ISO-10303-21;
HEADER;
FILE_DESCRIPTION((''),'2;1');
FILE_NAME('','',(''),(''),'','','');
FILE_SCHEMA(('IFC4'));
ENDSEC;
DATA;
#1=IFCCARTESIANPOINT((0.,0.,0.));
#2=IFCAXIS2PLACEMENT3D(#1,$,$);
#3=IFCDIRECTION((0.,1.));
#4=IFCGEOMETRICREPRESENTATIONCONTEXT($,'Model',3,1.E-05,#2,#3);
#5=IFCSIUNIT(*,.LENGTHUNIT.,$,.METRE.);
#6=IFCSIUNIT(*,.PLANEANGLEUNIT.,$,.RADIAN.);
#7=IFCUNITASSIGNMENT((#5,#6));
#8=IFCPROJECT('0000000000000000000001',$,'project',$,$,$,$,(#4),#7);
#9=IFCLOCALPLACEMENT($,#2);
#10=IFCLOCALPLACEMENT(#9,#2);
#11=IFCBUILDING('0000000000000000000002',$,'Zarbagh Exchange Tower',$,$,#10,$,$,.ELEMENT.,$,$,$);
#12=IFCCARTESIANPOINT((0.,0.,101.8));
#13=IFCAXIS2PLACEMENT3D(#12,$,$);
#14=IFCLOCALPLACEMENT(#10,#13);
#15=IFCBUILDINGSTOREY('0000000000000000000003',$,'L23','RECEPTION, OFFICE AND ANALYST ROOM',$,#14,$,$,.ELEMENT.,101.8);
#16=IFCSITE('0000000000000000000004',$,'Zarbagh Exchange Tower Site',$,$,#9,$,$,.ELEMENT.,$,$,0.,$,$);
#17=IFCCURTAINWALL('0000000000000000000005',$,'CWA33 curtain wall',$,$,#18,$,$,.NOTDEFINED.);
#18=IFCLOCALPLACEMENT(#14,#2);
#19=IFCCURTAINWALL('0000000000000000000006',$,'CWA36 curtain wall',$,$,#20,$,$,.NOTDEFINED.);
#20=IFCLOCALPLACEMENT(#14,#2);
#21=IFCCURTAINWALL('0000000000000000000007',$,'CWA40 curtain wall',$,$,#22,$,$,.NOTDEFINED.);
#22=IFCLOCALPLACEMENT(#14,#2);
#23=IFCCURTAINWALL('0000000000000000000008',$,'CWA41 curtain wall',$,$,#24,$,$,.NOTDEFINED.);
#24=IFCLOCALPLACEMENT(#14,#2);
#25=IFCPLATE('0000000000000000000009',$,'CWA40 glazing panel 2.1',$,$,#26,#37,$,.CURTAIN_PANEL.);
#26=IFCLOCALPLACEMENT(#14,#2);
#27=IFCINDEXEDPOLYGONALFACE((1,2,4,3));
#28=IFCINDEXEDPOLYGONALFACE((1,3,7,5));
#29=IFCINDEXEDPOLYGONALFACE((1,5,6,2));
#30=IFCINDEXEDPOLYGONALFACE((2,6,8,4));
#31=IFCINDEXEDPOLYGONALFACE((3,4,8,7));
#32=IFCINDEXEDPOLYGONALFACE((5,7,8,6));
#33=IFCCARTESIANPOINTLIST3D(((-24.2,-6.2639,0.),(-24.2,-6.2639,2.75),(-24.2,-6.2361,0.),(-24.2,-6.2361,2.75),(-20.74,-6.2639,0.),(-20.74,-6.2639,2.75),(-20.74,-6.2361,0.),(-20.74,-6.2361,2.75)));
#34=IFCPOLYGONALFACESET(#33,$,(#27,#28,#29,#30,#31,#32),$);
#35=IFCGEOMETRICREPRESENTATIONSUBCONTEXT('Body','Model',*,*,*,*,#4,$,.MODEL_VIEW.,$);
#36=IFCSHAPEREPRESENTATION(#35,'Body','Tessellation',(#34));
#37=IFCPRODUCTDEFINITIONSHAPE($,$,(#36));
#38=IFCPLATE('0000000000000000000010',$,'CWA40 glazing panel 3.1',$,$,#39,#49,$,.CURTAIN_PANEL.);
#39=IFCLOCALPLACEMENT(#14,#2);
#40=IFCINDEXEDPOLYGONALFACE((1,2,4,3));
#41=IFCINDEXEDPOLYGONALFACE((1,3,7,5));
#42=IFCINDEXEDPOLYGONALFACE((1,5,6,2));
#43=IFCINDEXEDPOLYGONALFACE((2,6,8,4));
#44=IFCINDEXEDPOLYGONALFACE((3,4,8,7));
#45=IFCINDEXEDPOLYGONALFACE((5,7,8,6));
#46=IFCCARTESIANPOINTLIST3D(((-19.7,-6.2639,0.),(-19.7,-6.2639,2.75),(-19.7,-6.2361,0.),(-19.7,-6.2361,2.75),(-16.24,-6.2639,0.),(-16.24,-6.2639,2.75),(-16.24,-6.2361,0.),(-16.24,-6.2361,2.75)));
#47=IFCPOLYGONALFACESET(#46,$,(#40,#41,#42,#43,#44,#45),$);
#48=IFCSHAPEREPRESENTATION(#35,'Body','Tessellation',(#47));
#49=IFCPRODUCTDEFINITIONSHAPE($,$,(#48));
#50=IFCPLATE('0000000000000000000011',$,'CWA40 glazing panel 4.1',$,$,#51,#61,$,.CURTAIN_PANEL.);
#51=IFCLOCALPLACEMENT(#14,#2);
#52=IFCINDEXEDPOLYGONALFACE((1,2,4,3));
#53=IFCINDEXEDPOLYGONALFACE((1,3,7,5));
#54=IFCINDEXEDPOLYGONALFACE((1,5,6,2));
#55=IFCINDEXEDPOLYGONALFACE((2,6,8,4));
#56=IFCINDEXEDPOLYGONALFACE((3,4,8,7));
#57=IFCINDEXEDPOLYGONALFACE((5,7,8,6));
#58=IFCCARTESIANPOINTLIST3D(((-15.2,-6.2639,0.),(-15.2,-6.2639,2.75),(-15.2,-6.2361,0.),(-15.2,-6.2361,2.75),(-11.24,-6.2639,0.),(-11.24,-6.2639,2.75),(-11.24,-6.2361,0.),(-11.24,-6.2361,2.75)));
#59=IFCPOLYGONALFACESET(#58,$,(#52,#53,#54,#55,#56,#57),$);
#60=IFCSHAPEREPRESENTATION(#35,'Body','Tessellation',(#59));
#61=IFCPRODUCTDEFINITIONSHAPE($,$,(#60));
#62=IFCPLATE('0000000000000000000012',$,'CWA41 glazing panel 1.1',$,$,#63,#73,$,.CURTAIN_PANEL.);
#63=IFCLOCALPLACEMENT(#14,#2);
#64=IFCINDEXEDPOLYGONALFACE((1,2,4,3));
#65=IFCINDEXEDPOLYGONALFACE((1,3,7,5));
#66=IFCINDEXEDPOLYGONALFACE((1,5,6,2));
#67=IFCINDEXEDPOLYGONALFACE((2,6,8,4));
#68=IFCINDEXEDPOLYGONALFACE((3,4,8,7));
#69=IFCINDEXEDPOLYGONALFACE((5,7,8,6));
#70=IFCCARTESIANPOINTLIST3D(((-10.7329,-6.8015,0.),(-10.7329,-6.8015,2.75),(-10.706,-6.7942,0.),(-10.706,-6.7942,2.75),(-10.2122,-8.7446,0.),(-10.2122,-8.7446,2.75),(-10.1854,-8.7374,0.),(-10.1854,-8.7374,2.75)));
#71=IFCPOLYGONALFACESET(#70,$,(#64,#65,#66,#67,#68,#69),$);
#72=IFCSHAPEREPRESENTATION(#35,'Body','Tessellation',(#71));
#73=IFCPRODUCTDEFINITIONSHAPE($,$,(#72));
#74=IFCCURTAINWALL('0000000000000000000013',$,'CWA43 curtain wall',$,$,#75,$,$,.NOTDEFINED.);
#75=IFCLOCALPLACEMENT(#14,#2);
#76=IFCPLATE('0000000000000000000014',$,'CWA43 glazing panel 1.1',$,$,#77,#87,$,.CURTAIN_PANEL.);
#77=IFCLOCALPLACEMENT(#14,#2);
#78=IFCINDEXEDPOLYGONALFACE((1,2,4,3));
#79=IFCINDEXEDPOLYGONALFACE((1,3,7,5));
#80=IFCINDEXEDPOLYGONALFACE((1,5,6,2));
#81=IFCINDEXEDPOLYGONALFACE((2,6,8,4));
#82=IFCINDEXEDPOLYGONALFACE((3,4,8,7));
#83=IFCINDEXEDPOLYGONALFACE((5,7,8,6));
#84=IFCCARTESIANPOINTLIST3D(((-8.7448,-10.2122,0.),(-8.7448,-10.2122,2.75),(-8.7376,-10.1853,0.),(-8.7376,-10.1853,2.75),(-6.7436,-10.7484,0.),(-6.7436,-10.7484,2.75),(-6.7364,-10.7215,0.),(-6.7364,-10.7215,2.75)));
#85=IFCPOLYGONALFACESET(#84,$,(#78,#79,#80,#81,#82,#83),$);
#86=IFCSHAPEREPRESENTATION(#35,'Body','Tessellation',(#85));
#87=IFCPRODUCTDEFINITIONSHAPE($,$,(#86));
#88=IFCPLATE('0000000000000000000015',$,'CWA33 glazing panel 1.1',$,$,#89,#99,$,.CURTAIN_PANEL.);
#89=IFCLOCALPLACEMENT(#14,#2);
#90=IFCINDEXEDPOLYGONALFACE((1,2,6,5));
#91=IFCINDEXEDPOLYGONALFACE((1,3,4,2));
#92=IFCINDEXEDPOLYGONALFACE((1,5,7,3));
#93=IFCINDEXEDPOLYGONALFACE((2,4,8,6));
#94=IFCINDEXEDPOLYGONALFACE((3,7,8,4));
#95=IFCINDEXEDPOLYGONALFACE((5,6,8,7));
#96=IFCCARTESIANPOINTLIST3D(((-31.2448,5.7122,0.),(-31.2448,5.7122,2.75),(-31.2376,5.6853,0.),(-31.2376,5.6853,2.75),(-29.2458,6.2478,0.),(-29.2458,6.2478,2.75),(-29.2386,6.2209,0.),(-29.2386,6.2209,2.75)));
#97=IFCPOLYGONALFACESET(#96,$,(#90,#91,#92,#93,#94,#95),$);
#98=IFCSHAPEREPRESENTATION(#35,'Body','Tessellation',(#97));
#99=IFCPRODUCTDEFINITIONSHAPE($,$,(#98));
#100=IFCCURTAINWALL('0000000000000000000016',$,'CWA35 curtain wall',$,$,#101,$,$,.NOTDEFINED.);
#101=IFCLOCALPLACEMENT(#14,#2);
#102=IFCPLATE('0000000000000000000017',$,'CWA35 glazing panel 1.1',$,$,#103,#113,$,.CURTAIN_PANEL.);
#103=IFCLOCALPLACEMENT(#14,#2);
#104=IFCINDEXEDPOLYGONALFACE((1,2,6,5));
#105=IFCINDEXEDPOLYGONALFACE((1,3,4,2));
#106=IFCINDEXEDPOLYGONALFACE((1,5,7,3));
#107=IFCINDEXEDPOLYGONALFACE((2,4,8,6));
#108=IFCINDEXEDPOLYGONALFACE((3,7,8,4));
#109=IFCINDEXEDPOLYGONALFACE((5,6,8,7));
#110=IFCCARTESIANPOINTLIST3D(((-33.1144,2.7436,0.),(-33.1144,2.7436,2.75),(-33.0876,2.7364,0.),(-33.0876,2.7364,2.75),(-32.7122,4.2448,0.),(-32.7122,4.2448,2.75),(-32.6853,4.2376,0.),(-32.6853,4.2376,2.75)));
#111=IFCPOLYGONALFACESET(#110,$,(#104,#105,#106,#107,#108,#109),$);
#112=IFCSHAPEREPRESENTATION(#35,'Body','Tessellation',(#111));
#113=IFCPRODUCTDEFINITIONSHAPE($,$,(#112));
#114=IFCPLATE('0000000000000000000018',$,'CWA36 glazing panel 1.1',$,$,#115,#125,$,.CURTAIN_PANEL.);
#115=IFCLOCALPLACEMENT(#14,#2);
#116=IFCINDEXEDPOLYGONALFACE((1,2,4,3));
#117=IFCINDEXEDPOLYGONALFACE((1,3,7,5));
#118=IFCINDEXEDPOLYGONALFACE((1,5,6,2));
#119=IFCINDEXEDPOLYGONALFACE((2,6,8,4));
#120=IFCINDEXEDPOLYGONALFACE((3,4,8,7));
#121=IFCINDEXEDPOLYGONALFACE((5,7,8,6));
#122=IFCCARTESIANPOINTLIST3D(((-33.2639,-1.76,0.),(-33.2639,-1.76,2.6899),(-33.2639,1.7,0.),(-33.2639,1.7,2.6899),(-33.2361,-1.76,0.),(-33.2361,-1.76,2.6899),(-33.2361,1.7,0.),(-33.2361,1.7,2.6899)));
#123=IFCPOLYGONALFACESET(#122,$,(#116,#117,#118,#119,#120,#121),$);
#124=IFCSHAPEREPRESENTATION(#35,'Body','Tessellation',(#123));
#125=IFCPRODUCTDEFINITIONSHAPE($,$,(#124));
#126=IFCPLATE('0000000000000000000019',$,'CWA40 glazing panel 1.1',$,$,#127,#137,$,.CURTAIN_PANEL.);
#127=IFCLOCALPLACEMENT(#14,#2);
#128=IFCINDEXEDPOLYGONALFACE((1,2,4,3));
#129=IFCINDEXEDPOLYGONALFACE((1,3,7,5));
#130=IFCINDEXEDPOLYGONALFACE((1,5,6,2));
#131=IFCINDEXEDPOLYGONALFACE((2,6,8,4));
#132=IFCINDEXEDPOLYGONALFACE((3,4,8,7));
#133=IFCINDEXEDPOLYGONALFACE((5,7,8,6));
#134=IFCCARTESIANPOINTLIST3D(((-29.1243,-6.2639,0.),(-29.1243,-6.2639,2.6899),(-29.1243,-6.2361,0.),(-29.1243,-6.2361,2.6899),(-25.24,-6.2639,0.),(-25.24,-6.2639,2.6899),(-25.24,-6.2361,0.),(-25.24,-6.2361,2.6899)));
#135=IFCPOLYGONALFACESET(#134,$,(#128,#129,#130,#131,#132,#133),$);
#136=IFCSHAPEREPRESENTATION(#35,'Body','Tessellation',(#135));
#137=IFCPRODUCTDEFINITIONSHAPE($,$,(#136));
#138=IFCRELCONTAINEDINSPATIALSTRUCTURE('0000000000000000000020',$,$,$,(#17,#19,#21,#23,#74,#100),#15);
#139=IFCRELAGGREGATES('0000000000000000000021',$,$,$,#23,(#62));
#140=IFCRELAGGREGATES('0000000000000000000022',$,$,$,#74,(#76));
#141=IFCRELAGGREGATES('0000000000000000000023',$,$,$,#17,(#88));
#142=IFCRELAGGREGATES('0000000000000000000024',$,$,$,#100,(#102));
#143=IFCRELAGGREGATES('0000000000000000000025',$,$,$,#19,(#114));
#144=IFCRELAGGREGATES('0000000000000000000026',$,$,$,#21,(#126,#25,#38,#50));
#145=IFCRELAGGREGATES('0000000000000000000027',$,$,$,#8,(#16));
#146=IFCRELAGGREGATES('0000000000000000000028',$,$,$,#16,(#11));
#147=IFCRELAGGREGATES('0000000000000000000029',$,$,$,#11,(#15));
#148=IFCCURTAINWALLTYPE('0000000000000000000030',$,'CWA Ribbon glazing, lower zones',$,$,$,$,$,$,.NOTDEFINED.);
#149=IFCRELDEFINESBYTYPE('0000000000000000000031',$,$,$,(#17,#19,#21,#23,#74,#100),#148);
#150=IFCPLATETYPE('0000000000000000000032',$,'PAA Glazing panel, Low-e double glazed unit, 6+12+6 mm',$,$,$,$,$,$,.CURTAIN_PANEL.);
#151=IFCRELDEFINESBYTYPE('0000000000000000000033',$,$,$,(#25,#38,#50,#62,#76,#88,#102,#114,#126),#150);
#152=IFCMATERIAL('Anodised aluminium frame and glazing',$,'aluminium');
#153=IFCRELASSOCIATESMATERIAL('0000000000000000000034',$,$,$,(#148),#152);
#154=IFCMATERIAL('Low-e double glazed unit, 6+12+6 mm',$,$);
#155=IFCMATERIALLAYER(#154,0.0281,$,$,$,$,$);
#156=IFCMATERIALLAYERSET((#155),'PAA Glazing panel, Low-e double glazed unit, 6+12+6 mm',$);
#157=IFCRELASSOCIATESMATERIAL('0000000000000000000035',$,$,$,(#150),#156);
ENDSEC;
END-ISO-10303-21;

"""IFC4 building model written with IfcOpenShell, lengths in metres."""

from ifc_helpers import new_model, si_unit, direction, frame, origin, place, context, subcontext, project, spatial, polyline, outline, extrude, source, transform, mapped, material, layer, layer_set, type_object, element, aggregate, save


model = new_model("IFC4")

# Units and contexts
model_context = context("Model", 3, precision=1e-05, world=origin(), true_north=direction((0.0, 1.0)))
body_context = subcontext(model_context, "Body", "Model", "MODEL_VIEW")
ifc_project = project(units=[si_unit("LENGTHUNIT", "METRE"), si_unit("PLANEANGLEUNIT", "RADIAN")], contexts=[model_context])

# Site, building, storey
site_placement = place(None, origin())
site = spatial("IfcSite", under=ifc_project, at=site_placement, Name="Zarbagh Exchange Tower Site", CompositionType="ELEMENT", RefElevation=0.0)
building_placement = place(site_placement, origin())
building = spatial("IfcBuilding", under=site, at=building_placement, Name="Zarbagh Exchange Tower", CompositionType="ELEMENT")
storey_placement = place(building_placement, frame((0.0, 0.0, 101.8)))
storey = spatial("IfcBuildingStorey", under=building, at=storey_placement, Name="L23", Description="RECEPTION, OFFICE AND ANALYST ROOM", CompositionType="ELEMENT", Elevation=101.8)

# Curtain walls
ifc_material_1 = material(Name="Anodised aluminium frame and glazing", Category="aluminium")
curtain_wall_type = type_object("IfcCurtainWallType", Name="CWA Ribbon glazing, lower zones", PredefinedType="NOTDEFINED", material=ifc_material_1)
curtain_wall_1_placement = place(storey_placement, origin())
curtain_wall_1 = element("IfcCurtainWall", 1, at=curtain_wall_1_placement, inside=storey, type_object=curtain_wall_type, Name="CWA33 curtain wall", PredefinedType="NOTDEFINED")
placement = place(storey_placement, origin())
curtain_wall_2_placement = place(storey_placement, origin())
curtain_wall_2 = element("IfcCurtainWall", 2, at=curtain_wall_2_placement, inside=storey, type_object=curtain_wall_type, Name="CWA36 curtain wall", PredefinedType="NOTDEFINED")

# Curtain wall
curtain_wall_3_placement = place(storey_placement, origin())
curtain_wall_3 = element("IfcCurtainWall", 3, at=curtain_wall_3_placement, inside=storey, type_object=curtain_wall_type, Name="CWA40 curtain wall", PredefinedType="NOTDEFINED")

# Curtain wall
curtain_wall_4_placement = place(storey_placement, origin())
curtain_wall_4 = element("IfcCurtainWall", 4, at=curtain_wall_4_placement, inside=storey, type_object=curtain_wall_type, Name="CWA41 curtain wall", PredefinedType="NOTDEFINED")

# Shared definitions
ifc_material_2 = material(Name="Low-e double glazed unit, 6+12+6 mm")
ifc_layer = layer(ifc_material_2, 0.0281)
ifc_layer_set = layer_set([ifc_layer], Name="PAA Glazing panel, Low-e double glazed unit, 6+12+6 mm")
plate_type = type_object("IfcPlateType", Name="PAA Glazing panel, Low-e double glazed unit, 6+12+6 mm", PredefinedType="CURTAIN_PANEL", material=ifc_layer_set)

# Plates
shared_shape_1 = source(origin(), body_context, "Body", "SweptSolid", [
    extrude(outline(polyline([(0.0, -0.0139), (3.46, -0.0139), (3.46, 0.0139), (0.0, 0.0139), (0.0, -0.0139)])), origin(), (0.0, 0.0, 1.0), 2.75),
])
plate_1 = element("IfcPlate", 5, at=placement, type_object=plate_type, Name="CWA40 glazing panel 2.1", PredefinedType="CURTAIN_PANEL", context=body_context, shape_type="MappedRepresentation", body=[
    mapped(shared_shape_1, transform((-24.2, -6.25, 0.0), x_axis=(1.0, 0.0, 0.0), y_axis=(0.0, 1.0, 0.0), z_axis=(0.0, 0.0, 1.0))),
])
plate_2 = element("IfcPlate", 6, at=placement, type_object=plate_type, Name="CWA40 glazing panel 3.1", PredefinedType="CURTAIN_PANEL", context=body_context, shape_type="MappedRepresentation", body=[
    mapped(shared_shape_1, transform((-19.7, -6.25, 0.0), x_axis=(1.0, 0.0, 0.0), y_axis=(0.0, 1.0, 0.0), z_axis=(0.0, 0.0, 1.0))),
])
shared_shape_2 = source(origin(), body_context, "Body", "SweptSolid", [
    extrude(outline(polyline([(0.0, -0.0139), (3.96, -0.0139), (3.96, 0.0139), (0.0, 0.0139), (0.0, -0.0139)])), origin(), (0.0, 0.0, 1.0), 2.75),
])
plate_3 = element("IfcPlate", 7, at=placement, type_object=plate_type, Name="CWA40 glazing panel 4.1", PredefinedType="CURTAIN_PANEL", context=body_context, shape_type="MappedRepresentation", body=[
    mapped(shared_shape_2, transform((-15.2, -6.25, 0.0), x_axis=(1.0, 0.0, 0.0), y_axis=(0.0, 1.0, 0.0), z_axis=(0.0, 0.0, 1.0))),
])
shared_shape_3 = source(origin(), body_context, "Body", "SweptSolid", [
    extrude(outline(polyline([(0.0, -0.0139), (2.0117, -0.0139), (2.0117, 0.0139), (0.0, 0.0139), (0.0, -0.0139)])), origin(), (0.0, 0.0, 1.0), 2.75),
])
plate_4 = element("IfcPlate", 8, at=placement, type_object=plate_type, Name="CWA41 glazing panel 1.1", PredefinedType="CURTAIN_PANEL", context=body_context, shape_type="MappedRepresentation", body=[
    mapped(shared_shape_3, transform((-10.7195, -6.7979, 0.0), x_axis=(0.258825, -0.965924, 0.0), y_axis=(0.965924, 0.258825, 0.0), z_axis=(0.0, 0.0, 1.0))),
])
aggregate(curtain_wall_4, [plate_4])

# Curtain wall, plate
curtain_wall_5_placement = place(storey_placement, origin())
curtain_wall_5 = element("IfcCurtainWall", 9, at=curtain_wall_5_placement, inside=storey, type_object=curtain_wall_type, Name="CWA43 curtain wall", PredefinedType="NOTDEFINED")
shared_shape_4 = source(origin(), body_context, "Body", "SweptSolid", [
    extrude(outline(polyline([(0.0, -0.0139), (2.0718, -0.0139), (2.0718, 0.0139), (0.0, 0.0139), (0.0, -0.0139)])), origin(), (0.0, 0.0, 1.0), 2.75),
])
plate_5 = element("IfcPlate", 10, at=placement, type_object=plate_type, Name="CWA43 glazing panel 1.1", PredefinedType="CURTAIN_PANEL", context=body_context, shape_type="MappedRepresentation", body=[
    mapped(shared_shape_4, transform((-8.7412, -10.1987, 0.0), x_axis=(0.965924, -0.258825, 0.0), y_axis=(0.258825, 0.965924, 0.0), z_axis=(0.0, 0.0, 1.0))),
])
aggregate(curtain_wall_5, [plate_5])

# Plate
shared_shape_5 = source(origin(), body_context, "Body", "SweptSolid", [
    extrude(outline(polyline([(0.0, -0.0139), (2.0696, -0.0139), (2.0696, 0.0139), (0.0, 0.0139), (0.0, -0.0139)])), origin(), (0.0, 0.0, 1.0), 2.75),
])
plate_6 = element("IfcPlate", 11, at=placement, type_object=plate_type, Name="CWA33 glazing panel 1.1", PredefinedType="CURTAIN_PANEL", context=body_context, shape_type="MappedRepresentation", body=[
    mapped(shared_shape_5, transform((-29.2422, 6.2344, 0.0), x_axis=(-0.965924, -0.258825, 0.0), y_axis=(0.258825, -0.965924, 0.0), z_axis=(0.0, 0.0, 1.0))),
])
aggregate(curtain_wall_1, [plate_6])

# Curtain wall, plate
curtain_wall_6_placement = place(storey_placement, origin())
curtain_wall_6 = element("IfcCurtainWall", 12, at=curtain_wall_6_placement, inside=storey, type_object=curtain_wall_type, Name="CWA35 curtain wall", PredefinedType="NOTDEFINED")
shared_shape_6 = source(origin(), body_context, "Body", "SweptSolid", [
    extrude(outline(polyline([(0.0, -0.0139), (1.5542, -0.0139), (1.5542, 0.0139), (0.0, 0.0139), (0.0, -0.0139)])), origin(), (0.0, 0.0, 1.0), 2.75),
])
plate_7 = element("IfcPlate", 13, at=placement, type_object=plate_type, Name="CWA35 glazing panel 1.1", PredefinedType="CURTAIN_PANEL", context=body_context, shape_type="MappedRepresentation", body=[
    mapped(shared_shape_6, transform((-32.6987, 4.2412, 0.0), x_axis=(-0.258825, -0.965924, 0.0), y_axis=(0.965924, -0.258825, 0.0), z_axis=(0.0, 0.0, 1.0))),
])
aggregate(curtain_wall_6, [plate_7])

# Plates
shared_shape_7 = source(origin(), body_context, "Body", "SweptSolid", [
    extrude(outline(polyline([(0.0, -0.0139), (3.46, -0.0139), (3.46, 0.0139), (0.0, 0.0139), (0.0, -0.0139)])), origin(), (0.0, 0.0, 1.0), 2.6899),
])
plate_8 = element("IfcPlate", 14, at=placement, type_object=plate_type, Name="CWA36 glazing panel 1.1", PredefinedType="CURTAIN_PANEL", context=body_context, shape_type="MappedRepresentation", body=[
    mapped(shared_shape_7, transform((-33.25, 1.7, 0.0), x_axis=(0.0, -1.0, 0.0), y_axis=(1.0, 0.0, 0.0), z_axis=(0.0, 0.0, 1.0))),
])
aggregate(curtain_wall_2, [plate_8])
shared_shape_8 = source(origin(), body_context, "Body", "SweptSolid", [
    extrude(outline(polyline([(0.0, -0.0139), (3.8843, -0.0139), (3.8843, 0.0139), (0.0, 0.0139), (0.0, -0.0139)])), origin(), (0.0, 0.0, 1.0), 2.6899),
])
plate_9 = element("IfcPlate", 15, at=placement, type_object=plate_type, Name="CWA40 glazing panel 1.1", PredefinedType="CURTAIN_PANEL", context=body_context, shape_type="MappedRepresentation", body=[
    mapped(shared_shape_8, transform((-29.1243, -6.25, 0.0), x_axis=(1.0, 0.0, 0.0), y_axis=(0.0, 1.0, 0.0), z_axis=(0.0, 0.0, 1.0))),
])
aggregate(curtain_wall_3, [plate_9, plate_1, plate_2, plate_3])

save(model, "model.ifc")
